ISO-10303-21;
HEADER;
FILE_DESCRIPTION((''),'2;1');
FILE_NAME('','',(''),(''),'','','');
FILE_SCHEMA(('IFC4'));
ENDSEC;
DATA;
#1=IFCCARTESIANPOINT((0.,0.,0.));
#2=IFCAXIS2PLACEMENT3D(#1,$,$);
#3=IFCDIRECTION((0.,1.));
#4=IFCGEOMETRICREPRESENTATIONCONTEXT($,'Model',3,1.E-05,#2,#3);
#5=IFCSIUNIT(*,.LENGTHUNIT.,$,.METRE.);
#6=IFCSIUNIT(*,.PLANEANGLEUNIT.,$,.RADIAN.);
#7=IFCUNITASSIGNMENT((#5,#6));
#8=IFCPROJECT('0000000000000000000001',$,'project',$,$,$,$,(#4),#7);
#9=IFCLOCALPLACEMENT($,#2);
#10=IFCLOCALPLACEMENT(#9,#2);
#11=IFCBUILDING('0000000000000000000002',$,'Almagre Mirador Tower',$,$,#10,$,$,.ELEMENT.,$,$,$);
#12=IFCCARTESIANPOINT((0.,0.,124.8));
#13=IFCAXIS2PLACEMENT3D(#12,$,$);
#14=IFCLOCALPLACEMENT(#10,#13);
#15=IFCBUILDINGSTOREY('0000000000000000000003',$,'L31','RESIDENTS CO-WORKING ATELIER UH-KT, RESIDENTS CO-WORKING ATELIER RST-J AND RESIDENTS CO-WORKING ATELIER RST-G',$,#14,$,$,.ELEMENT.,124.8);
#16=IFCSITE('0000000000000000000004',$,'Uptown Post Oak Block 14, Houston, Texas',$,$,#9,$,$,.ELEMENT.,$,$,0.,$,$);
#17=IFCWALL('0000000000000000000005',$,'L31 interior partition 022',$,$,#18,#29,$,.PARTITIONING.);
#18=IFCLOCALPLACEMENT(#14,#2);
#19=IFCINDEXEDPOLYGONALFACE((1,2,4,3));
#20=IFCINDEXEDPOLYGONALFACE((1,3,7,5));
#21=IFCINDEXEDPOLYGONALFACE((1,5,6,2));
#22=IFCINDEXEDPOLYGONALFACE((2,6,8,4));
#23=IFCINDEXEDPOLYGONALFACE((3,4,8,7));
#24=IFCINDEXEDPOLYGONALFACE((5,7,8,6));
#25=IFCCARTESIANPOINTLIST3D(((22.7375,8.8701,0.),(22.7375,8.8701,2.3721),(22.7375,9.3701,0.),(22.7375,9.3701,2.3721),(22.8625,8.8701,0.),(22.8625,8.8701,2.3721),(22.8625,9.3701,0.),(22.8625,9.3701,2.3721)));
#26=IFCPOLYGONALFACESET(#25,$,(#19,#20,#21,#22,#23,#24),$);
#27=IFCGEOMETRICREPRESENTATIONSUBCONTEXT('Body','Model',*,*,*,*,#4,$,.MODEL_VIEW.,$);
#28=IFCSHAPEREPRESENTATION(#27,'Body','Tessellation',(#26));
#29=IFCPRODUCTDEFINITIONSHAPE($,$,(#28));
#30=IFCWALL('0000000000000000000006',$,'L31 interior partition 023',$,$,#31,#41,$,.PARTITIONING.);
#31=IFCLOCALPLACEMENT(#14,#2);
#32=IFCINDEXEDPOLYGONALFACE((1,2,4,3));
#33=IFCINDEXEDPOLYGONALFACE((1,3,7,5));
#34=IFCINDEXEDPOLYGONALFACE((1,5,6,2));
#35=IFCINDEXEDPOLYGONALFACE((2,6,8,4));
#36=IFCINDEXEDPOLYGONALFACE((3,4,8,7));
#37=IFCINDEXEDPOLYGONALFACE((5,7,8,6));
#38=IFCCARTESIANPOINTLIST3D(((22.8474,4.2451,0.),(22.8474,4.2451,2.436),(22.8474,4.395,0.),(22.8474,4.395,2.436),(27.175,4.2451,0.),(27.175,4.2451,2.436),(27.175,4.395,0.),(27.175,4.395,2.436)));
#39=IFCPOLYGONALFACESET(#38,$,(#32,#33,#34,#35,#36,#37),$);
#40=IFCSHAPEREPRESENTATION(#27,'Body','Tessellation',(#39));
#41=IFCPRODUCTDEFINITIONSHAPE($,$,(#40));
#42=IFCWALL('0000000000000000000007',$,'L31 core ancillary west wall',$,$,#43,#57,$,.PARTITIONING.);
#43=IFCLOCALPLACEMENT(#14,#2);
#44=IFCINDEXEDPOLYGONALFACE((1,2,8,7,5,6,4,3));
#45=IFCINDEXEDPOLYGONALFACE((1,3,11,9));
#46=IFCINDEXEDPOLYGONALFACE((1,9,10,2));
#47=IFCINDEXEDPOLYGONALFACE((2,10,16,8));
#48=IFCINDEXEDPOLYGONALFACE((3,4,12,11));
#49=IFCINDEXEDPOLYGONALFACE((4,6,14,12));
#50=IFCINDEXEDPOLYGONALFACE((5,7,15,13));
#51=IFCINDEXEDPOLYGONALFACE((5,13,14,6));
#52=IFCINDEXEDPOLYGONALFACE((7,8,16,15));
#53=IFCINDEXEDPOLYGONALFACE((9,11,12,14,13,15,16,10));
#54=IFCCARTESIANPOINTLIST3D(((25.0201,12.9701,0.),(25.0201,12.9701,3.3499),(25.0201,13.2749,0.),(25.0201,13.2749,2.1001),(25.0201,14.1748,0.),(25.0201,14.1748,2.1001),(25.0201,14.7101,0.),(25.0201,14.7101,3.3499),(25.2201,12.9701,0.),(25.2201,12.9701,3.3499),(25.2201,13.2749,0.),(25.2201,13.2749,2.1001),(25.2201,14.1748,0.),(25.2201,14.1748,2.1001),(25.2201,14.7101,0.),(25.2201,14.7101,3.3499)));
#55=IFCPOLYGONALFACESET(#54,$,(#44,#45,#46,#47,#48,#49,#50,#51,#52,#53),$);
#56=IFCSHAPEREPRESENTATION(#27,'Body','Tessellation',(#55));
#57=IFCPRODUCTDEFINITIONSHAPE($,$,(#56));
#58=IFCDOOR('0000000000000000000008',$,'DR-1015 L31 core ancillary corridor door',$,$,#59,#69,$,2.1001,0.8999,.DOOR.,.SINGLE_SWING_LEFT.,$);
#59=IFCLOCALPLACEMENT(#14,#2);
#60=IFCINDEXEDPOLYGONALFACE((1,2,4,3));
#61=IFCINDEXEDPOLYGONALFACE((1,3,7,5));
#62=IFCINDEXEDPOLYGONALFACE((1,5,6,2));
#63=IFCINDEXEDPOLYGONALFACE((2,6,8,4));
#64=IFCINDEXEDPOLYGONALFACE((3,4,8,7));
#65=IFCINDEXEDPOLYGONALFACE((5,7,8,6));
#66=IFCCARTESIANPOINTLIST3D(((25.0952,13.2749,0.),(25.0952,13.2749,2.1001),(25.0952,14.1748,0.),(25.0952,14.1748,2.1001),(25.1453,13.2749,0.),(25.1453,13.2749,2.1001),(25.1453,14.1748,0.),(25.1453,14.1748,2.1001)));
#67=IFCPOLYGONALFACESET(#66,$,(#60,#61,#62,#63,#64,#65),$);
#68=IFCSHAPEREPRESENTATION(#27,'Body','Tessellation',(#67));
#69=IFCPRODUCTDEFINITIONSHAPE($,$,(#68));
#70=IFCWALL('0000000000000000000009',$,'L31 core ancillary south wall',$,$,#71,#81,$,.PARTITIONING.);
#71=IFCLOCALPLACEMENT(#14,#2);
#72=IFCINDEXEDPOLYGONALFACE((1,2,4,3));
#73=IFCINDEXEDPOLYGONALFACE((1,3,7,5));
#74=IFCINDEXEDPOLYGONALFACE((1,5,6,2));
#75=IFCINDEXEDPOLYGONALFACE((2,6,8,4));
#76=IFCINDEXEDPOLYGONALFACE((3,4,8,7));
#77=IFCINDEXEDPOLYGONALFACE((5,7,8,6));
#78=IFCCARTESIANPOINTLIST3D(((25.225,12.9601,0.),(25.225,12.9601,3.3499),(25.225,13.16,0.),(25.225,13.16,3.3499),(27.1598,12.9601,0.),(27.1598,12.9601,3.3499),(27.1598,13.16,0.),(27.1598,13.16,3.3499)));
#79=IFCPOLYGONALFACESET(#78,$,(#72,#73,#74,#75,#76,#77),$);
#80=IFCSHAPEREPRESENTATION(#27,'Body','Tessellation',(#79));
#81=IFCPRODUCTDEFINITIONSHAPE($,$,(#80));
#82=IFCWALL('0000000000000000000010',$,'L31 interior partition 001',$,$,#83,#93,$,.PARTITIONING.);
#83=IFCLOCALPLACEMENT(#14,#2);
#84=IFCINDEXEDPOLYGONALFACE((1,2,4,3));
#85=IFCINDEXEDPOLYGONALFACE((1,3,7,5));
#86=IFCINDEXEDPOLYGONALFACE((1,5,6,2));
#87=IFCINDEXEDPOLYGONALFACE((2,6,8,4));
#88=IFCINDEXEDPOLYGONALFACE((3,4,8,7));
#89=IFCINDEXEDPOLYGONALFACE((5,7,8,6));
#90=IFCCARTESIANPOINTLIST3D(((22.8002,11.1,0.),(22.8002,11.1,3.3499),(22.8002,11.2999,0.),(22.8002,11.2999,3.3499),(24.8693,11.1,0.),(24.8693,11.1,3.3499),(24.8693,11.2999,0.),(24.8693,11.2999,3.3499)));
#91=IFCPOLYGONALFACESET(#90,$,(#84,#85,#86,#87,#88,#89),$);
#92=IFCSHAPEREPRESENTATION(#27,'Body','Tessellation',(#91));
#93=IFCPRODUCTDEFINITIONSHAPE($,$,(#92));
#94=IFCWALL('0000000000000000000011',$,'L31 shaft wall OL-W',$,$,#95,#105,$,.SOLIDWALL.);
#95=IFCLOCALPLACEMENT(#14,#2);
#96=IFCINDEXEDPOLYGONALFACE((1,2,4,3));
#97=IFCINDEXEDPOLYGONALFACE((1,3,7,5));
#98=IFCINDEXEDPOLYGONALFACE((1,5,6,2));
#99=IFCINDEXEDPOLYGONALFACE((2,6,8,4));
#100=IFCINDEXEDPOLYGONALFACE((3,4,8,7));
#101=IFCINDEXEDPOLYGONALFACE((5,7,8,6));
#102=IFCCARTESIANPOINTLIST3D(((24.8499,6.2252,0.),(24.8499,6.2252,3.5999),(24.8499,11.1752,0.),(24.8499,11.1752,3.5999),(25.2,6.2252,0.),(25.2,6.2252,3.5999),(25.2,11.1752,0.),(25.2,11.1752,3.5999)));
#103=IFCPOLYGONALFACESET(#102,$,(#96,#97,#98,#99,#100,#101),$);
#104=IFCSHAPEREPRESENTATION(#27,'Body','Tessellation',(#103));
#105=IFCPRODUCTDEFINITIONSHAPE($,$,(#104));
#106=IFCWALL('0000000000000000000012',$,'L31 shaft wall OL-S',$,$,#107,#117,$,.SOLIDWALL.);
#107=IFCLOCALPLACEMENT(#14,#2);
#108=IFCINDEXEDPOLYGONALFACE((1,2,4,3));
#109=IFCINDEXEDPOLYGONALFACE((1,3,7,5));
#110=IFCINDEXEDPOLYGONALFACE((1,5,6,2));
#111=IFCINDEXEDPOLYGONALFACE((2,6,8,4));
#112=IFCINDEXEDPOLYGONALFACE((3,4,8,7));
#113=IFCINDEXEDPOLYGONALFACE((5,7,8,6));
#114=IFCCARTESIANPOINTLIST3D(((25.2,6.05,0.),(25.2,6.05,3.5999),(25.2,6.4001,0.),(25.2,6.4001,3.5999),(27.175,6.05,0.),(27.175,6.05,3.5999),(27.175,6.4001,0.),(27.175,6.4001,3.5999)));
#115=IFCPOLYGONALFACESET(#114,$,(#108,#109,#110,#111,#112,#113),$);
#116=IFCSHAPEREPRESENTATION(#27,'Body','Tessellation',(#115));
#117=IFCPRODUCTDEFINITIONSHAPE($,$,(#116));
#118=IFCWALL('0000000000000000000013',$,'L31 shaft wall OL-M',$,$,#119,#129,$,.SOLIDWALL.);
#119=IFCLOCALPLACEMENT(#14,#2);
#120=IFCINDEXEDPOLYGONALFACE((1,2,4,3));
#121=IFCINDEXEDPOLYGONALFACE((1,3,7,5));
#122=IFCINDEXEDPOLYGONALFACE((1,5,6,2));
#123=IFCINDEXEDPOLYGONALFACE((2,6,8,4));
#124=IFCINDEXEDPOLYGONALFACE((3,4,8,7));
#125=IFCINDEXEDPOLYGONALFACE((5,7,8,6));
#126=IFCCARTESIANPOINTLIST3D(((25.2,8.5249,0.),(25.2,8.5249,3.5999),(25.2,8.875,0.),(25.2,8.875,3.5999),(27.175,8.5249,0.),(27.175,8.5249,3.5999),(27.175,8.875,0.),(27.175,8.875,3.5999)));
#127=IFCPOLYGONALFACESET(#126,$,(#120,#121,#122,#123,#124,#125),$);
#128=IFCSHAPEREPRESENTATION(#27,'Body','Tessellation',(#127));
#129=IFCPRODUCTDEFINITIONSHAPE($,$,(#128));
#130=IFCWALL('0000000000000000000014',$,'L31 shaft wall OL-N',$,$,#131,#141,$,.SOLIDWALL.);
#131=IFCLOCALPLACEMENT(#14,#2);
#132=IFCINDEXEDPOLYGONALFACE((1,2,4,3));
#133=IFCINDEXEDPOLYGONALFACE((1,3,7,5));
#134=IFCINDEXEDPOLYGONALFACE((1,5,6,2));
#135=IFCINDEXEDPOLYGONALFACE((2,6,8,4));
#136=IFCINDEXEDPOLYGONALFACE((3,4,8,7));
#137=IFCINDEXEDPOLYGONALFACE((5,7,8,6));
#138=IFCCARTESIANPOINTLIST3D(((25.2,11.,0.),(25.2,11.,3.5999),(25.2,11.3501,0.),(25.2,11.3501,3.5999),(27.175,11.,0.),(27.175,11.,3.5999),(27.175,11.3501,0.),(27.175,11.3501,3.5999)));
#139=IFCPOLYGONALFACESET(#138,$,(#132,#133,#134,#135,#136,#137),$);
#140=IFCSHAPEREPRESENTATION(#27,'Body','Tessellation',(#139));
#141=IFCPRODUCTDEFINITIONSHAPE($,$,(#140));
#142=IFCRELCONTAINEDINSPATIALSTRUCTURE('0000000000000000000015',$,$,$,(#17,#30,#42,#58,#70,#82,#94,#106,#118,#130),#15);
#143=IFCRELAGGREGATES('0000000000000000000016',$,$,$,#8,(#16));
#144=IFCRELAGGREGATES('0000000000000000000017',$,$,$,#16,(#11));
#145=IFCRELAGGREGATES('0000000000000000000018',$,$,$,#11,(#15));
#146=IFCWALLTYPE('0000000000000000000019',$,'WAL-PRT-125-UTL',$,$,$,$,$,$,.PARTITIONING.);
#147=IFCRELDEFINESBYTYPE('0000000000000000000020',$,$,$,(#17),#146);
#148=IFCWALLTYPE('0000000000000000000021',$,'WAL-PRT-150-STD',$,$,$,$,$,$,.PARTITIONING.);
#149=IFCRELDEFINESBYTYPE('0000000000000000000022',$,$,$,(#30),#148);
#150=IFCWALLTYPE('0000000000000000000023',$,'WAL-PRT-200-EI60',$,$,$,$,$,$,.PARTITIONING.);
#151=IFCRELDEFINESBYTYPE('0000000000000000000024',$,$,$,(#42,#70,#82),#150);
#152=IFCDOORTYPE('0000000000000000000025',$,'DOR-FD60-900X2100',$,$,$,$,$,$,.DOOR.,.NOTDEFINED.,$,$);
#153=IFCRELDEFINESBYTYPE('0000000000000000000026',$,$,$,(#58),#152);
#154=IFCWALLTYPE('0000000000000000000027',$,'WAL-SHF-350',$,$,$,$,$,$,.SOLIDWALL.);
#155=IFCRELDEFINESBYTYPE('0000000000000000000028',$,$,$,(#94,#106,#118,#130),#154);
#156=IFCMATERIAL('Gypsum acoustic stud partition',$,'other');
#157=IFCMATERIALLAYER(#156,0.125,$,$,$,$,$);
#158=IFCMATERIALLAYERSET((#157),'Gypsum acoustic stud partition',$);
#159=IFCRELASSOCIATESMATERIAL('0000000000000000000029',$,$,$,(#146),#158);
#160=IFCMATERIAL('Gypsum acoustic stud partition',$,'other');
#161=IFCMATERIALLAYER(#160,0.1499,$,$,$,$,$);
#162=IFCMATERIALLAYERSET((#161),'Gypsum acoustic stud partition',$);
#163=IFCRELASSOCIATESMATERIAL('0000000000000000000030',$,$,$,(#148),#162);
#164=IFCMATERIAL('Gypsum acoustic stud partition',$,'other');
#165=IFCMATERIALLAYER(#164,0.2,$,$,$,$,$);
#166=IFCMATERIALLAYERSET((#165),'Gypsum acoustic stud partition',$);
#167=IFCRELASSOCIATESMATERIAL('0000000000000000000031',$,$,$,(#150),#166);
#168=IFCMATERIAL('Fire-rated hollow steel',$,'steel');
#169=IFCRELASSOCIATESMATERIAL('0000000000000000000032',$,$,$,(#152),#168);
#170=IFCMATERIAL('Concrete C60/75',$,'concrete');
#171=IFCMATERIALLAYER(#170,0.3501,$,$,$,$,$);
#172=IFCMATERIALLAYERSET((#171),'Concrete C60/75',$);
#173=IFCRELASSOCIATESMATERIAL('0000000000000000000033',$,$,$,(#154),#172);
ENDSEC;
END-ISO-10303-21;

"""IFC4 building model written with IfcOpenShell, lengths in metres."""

from ifc_helpers import new_model, si_unit, direction, frame, frame_2d, origin, place, context, subcontext, project, spatial, rectangle, extrude, material, layer, layer_set, type_object, element, fill, save


model = new_model("IFC4")

# Units and contexts
model_context = context("Model", 3, precision=1e-05, world=origin(), true_north=direction((0.0, 1.0)))
body_context = subcontext(model_context, "Body", "Model", "MODEL_VIEW")
ifc_project = project(units=[si_unit("LENGTHUNIT", "METRE"), si_unit("PLANEANGLEUNIT", "RADIAN")], contexts=[model_context])

# Site, building, storey
site_placement = place(None, origin())
site = spatial("IfcSite", under=ifc_project, at=site_placement, Name="Uptown Post Oak Block 14, Houston, Texas", CompositionType="ELEMENT", RefElevation=0.0)
building_placement = place(site_placement, origin())
building = spatial("IfcBuilding", under=site, at=building_placement, Name="Almagre Mirador Tower", CompositionType="ELEMENT")
storey_placement = place(building_placement, frame((0.0, 0.0, 124.8)))
storey = spatial("IfcBuildingStorey", under=building, at=storey_placement, Name="L31", Description="RESIDENTS CO-WORKING ATELIER UH-KT, RESIDENTS CO-WORKING ATELIER RST-J AND RESIDENTS CO-WORKING ATELIER RST-G", CompositionType="ELEMENT", Elevation=124.8)

# Walls
ifc_material_1 = material(Name="Gypsum acoustic stud partition", Category="other")
ifc_layer_1 = layer(ifc_material_1, 0.125)
ifc_layer_set_1 = layer_set([ifc_layer_1], Name="Gypsum acoustic stud partition")
wall_type_1 = type_object("IfcWallType", Name="WAL-PRT-125-UTL", PredefinedType="PARTITIONING", material=ifc_layer_set_1)
wall_1_placement = place(storey_placement, frame((22.8, 9.3701, 0.0), z_axis=(0.0, 0.0, 1.0), x_axis=(0.0, -1.0, 0.0)))
element("IfcWall", 1, at=wall_1_placement, inside=storey, type_object=wall_type_1, Name="L31 interior partition 022", PredefinedType="PARTITIONING", context=body_context, shape_type="SweptSolid", body=[
    extrude(rectangle(XDim=0.5, YDim=0.125, at=frame_2d((0.25, 0.0))), origin(), (0.0, 0.0, 1.0), 2.3721),
])
ifc_material_2 = material(Name="Gypsum acoustic stud partition", Category="other")
ifc_layer_2 = layer(ifc_material_2, 0.1499)
ifc_layer_set_2 = layer_set([ifc_layer_2], Name="Gypsum acoustic stud partition")
wall_type_2 = type_object("IfcWallType", Name="WAL-PRT-150-STD", PredefinedType="PARTITIONING", material=ifc_layer_set_2)
wall_2_placement = place(storey_placement, frame((22.8474, 4.3201, 0.0), z_axis=(0.0, 0.0, 1.0), x_axis=(1.0, 0.0, 0.0)))
element("IfcWall", 2, at=wall_2_placement, inside=storey, type_object=wall_type_2, Name="L31 interior partition 023", PredefinedType="PARTITIONING", context=body_context, shape_type="SweptSolid", body=[
    extrude(rectangle(XDim=4.3276, YDim=0.1499, at=frame_2d((2.1638, 0.0))), origin(), (0.0, 0.0, 1.0), 2.436),
])

# Wall, opening, door
ifc_material_3 = material(Name="Gypsum acoustic stud partition", Category="other")
ifc_layer_3 = layer(ifc_material_3, 0.2)
ifc_layer_set_3 = layer_set([ifc_layer_3], Name="Gypsum acoustic stud partition")
wall_type_3 = type_object("IfcWallType", Name="WAL-PRT-200-EI60", PredefinedType="PARTITIONING", material=ifc_layer_set_3)
wall_3_placement = place(storey_placement, frame((25.1201, 12.97, 0.0), z_axis=(0.0, 0.0, 1.0), x_axis=(0.0, 1.0, 0.0)))
wall_3 = element("IfcWall", 3, at=wall_3_placement, inside=storey, type_object=wall_type_3, Name="L31 core ancillary west wall", PredefinedType="PARTITIONING", context=body_context, shape_type="SweptSolid", body=[
    extrude(rectangle(XDim=1.74, YDim=0.2, at=frame_2d((0.8701, 0.0))), origin(), (0.0, 0.0, 1.0), 3.3499),
])
opening_1_placement = place(wall_3_placement, frame((0.3049, 0.0, 0.0)))
opening_1 = element("IfcOpeningElement", 4, at=opening_1_placement, cuts=wall_3, PredefinedType="OPENING", context=body_context, shape_type="SweptSolid", body=[
    extrude(rectangle(XDim=0.8999, YDim=2.1001, at=frame_2d((0.45, 1.05))), frame((0.0, 0.1101, 0.0), z_axis=(0.0, -1.0, 0.0), x_axis=(1.0, 0.0, 0.0)), (0.0, 0.0, 1.0), 0.22),
])
ifc_material_4 = material(Name="Fire-rated hollow steel", Category="steel")
door_type = type_object("IfcDoorType", Name="DOR-FD60-900X2100", OperationType="NOTDEFINED", PredefinedType="DOOR", material=ifc_material_4)
door_placement = place(opening_1_placement, origin())
door = element("IfcDoor", 5, at=door_placement, inside=storey, type_object=door_type, Name="DR-1015 L31 core ancillary corridor door", OperationType="SINGLE_SWING_LEFT", OverallHeight=2.1001, OverallWidth=0.8999, PredefinedType="DOOR", context=body_context, shape_type="SweptSolid", body=[
    extrude(rectangle(XDim=0.8999, YDim=2.1001, at=frame_2d((0.45, 1.05))), frame((0.0, 0.0249, 0.0), z_axis=(0.0, -1.0, 0.0), x_axis=(1.0, 0.0, 0.0)), (0.0, 0.0, 1.0), 0.05),
])
fill(opening_1, door)

# Walls
wall_4_placement = place(storey_placement, frame((25.2251, 13.0601, 0.0), z_axis=(0.0, 0.0, 1.0), x_axis=(1.0, 0.0, 0.0)))
element("IfcWall", 6, at=wall_4_placement, inside=storey, type_object=wall_type_3, Name="L31 core ancillary south wall", PredefinedType="PARTITIONING", context=body_context, shape_type="SweptSolid", body=[
    extrude(rectangle(XDim=1.9348, YDim=0.2, at=frame_2d((0.9673, 0.0))), origin(), (0.0, 0.0, 1.0), 3.3499),
])
wall_5_placement = place(storey_placement, frame((22.8, 11.2, 0.0), z_axis=(0.0, 0.0, 1.0), x_axis=(1.0, 0.0, 0.0)))
element("IfcWall", 7, at=wall_5_placement, inside=storey, type_object=wall_type_3, Name="L31 interior partition 001", PredefinedType="PARTITIONING", context=body_context, shape_type="SweptSolid", body=[
    extrude(rectangle(XDim=2.0691, YDim=0.2, at=frame_2d((1.0347, 0.0))), origin(), (0.0, 0.0, 1.0), 3.3499),
])
ifc_material_5 = material(Name="Concrete C60/75", Category="concrete")
ifc_layer_4 = layer(ifc_material_5, 0.3501)
ifc_layer_set_4 = layer_set([ifc_layer_4], Name="Concrete C60/75")
wall_type_4 = type_object("IfcWallType", Name="WAL-SHF-350", PredefinedType="SOLIDWALL", material=ifc_layer_set_4)
wall_6_placement = place(storey_placement, frame((25.0249, 6.2251, 0.0), z_axis=(0.0, 0.0, 1.0), x_axis=(0.0, 1.0, 0.0)))
element("IfcWall", 8, at=wall_6_placement, inside=storey, type_object=wall_type_4, Name="L31 shaft wall OL-W", PredefinedType="SOLIDWALL", context=body_context, shape_type="SweptSolid", body=[
    extrude(rectangle(XDim=4.95, YDim=0.3501, at=frame_2d((2.4751, 0.0))), origin(), (0.0, 0.0, 1.0), 3.5999),
])
for number, where, z_axis, x_axis, name in (
    (9, (25.2, 6.2251, 0.0), (0.0, 0.0, 1.0), (1.0, 0.0, 0.0), "L31 shaft wall OL-S"),
    (10, (25.2, 8.7, 0.0), (0.0, 0.0, 1.0), (1.0, 0.0, 0.0), "L31 shaft wall OL-M"),
    (11, (25.2, 11.175, 0.0), (0.0, 0.0, 1.0), (1.0, 0.0, 0.0), "L31 shaft wall OL-N"),
):
    element("IfcWall", number, at=place(storey_placement, frame(where, z_axis=z_axis, x_axis=x_axis)), inside=storey, type_object=wall_type_4, Name=name, PredefinedType="SOLIDWALL", context=body_context, shape_type="SweptSolid", body=[
        extrude(rectangle(XDim=1.9751, YDim=0.3501, at=frame_2d((0.9875, 0.0))), origin(), (0.0, 0.0, 1.0), 3.5999),
    ])

save(model, "model.ifc")
